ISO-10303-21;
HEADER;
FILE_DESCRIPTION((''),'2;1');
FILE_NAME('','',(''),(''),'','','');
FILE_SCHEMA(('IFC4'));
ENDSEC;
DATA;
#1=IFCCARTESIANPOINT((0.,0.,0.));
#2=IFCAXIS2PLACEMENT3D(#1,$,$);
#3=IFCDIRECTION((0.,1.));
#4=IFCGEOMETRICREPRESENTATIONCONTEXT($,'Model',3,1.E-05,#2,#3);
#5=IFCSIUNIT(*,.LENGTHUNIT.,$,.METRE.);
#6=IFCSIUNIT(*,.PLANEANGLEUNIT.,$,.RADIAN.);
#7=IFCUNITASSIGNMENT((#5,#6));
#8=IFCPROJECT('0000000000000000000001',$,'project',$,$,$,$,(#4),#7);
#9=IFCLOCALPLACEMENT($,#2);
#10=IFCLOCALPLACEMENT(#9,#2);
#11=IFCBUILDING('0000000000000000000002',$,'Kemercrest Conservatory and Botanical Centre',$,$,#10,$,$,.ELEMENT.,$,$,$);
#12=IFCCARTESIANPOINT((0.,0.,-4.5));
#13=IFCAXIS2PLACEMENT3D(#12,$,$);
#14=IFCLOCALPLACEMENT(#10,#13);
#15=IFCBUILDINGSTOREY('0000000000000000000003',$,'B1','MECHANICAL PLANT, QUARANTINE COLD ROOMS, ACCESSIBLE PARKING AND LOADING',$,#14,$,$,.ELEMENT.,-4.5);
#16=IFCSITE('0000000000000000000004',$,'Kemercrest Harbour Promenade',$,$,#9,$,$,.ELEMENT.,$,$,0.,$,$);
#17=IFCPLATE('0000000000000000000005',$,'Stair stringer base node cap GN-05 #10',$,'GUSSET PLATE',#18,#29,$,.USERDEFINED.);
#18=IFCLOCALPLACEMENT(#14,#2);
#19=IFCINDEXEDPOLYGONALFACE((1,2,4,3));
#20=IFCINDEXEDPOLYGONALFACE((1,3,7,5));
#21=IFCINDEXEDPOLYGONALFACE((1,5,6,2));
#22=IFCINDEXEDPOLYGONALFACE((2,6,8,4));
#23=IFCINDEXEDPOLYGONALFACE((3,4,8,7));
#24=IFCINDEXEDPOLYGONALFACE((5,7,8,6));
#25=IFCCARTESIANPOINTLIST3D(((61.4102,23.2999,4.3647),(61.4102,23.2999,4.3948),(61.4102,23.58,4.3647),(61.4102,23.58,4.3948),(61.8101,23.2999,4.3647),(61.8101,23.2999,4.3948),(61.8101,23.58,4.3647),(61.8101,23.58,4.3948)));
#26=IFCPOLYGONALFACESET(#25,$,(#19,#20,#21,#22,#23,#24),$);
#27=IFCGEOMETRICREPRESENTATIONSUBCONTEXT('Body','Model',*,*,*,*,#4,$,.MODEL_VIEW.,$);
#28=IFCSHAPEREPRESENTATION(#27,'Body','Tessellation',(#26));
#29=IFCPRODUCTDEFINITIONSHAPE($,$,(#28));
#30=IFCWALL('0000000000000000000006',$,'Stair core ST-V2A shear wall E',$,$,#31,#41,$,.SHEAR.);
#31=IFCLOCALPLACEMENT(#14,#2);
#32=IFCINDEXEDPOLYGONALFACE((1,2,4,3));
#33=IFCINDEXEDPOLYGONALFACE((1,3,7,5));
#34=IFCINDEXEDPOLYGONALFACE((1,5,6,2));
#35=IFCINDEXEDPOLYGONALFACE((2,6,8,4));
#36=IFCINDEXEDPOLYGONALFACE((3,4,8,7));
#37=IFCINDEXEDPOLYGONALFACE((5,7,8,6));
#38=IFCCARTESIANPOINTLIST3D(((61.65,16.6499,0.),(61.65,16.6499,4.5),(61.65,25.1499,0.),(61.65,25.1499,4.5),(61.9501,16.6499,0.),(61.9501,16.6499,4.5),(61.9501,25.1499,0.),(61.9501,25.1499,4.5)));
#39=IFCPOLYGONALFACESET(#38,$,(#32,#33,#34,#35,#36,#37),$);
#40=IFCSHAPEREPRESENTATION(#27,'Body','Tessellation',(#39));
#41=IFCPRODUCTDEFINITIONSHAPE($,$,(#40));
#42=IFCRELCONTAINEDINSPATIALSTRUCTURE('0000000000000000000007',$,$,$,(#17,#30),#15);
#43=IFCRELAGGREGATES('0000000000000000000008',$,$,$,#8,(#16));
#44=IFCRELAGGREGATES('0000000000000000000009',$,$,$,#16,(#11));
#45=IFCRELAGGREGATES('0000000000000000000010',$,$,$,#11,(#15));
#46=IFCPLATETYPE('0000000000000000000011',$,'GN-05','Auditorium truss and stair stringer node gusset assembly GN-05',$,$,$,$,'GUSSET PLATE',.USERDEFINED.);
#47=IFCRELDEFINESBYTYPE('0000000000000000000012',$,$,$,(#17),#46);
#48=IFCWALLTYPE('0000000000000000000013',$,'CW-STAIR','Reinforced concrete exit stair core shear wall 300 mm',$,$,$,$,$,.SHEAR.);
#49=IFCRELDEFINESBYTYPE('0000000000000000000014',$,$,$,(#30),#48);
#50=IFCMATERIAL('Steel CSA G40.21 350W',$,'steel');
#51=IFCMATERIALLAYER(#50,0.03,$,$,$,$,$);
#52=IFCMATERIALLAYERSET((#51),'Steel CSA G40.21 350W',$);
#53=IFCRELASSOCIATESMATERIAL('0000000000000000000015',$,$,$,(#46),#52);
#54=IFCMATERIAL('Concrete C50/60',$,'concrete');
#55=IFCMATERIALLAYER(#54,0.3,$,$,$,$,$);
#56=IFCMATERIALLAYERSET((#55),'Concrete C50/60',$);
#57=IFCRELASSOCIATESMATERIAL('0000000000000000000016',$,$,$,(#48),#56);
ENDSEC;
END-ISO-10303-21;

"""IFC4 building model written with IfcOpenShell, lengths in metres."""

from ifc_helpers import new_model, si_unit, direction, frame, frame_2d, origin, origin_2d, place, context, subcontext, project, spatial, rectangle, extrude, material, layer, layer_set, type_object, element, save


model = new_model("IFC4")

# Units and contexts
model_context = context("Model", 3, precision=1e-05, world=origin(), true_north=direction((0.0, 1.0)))
body_context = subcontext(model_context, "Body", "Model", "MODEL_VIEW")
ifc_project = project(units=[si_unit("LENGTHUNIT", "METRE"), si_unit("PLANEANGLEUNIT", "RADIAN")], contexts=[model_context])

# Site, building, storey
site_placement = place(None, origin())
site = spatial("IfcSite", under=ifc_project, at=site_placement, Name="Kemercrest Harbour Promenade", CompositionType="ELEMENT", RefElevation=0.0)
building_placement = place(site_placement, origin())
building = spatial("IfcBuilding", under=site, at=building_placement, Name="Kemercrest Conservatory and Botanical Centre", CompositionType="ELEMENT")
storey_placement = place(building_placement, frame((0.0, 0.0, -4.5)))
storey = spatial("IfcBuildingStorey", under=building, at=storey_placement, Name="B1", Description="MECHANICAL PLANT, QUARANTINE COLD ROOMS, ACCESSIBLE PARKING AND LOADING", CompositionType="ELEMENT", Elevation=-4.5)

# Shared definitions
ifc_material_1 = material(Name="Concrete C50/60", Category="concrete")

# Shared definitions
ifc_material_2 = material(Name="Steel CSA G40.21 350W", Category="steel")

# Plate
ifc_layer_1 = layer(ifc_material_2, 0.03)
ifc_layer_set_1 = layer_set([ifc_layer_1], Name="Steel CSA G40.21 350W")
plate_type = type_object("IfcPlateType", Name="GN-05", Description="Auditorium truss and stair stringer node gusset assembly GN-05", ElementType="GUSSET PLATE", PredefinedType="USERDEFINED", material=ifc_layer_set_1)
plate_placement = place(storey_placement, frame((61.6101, 23.4399, 4.3647), z_axis=(0.0, 0.0, 1.0), x_axis=(1.0, 0.0, 0.0)))
element("IfcPlate", 1, at=plate_placement, inside=storey, type_object=plate_type, Name="Stair stringer base node cap GN-05 #10", ObjectType="GUSSET PLATE", PredefinedType="USERDEFINED", context=body_context, shape_type="SweptSolid", body=[
    extrude(rectangle(XDim=0.3999, YDim=0.28, at=origin_2d()), origin(), (0.0, 0.0, 1.0), 0.03),
])

# Wall
ifc_layer_2 = layer(ifc_material_1, 0.3)
ifc_layer_set_2 = layer_set([ifc_layer_2], Name="Concrete C50/60")
wall_type = type_object("IfcWallType", Name="CW-STAIR", Description="Reinforced concrete exit stair core shear wall 300 mm", PredefinedType="SHEAR", material=ifc_layer_set_2)
wall_placement = place(storey_placement, frame((61.8, 16.6499, 0.0), z_axis=(0.0, 0.0, 1.0), x_axis=(0.0, 1.0, 0.0)))
element("IfcWall", 2, at=wall_placement, inside=storey, type_object=wall_type, Name="Stair core ST-V2A shear wall E", PredefinedType="SHEAR", context=body_context, shape_type="SweptSolid", body=[
    extrude(rectangle(XDim=8.5, YDim=0.3, at=frame_2d((4.25, 0.0))), origin(), (0.0, 0.0, 1.0), 4.5),
])

save(model, "model.ifc")
